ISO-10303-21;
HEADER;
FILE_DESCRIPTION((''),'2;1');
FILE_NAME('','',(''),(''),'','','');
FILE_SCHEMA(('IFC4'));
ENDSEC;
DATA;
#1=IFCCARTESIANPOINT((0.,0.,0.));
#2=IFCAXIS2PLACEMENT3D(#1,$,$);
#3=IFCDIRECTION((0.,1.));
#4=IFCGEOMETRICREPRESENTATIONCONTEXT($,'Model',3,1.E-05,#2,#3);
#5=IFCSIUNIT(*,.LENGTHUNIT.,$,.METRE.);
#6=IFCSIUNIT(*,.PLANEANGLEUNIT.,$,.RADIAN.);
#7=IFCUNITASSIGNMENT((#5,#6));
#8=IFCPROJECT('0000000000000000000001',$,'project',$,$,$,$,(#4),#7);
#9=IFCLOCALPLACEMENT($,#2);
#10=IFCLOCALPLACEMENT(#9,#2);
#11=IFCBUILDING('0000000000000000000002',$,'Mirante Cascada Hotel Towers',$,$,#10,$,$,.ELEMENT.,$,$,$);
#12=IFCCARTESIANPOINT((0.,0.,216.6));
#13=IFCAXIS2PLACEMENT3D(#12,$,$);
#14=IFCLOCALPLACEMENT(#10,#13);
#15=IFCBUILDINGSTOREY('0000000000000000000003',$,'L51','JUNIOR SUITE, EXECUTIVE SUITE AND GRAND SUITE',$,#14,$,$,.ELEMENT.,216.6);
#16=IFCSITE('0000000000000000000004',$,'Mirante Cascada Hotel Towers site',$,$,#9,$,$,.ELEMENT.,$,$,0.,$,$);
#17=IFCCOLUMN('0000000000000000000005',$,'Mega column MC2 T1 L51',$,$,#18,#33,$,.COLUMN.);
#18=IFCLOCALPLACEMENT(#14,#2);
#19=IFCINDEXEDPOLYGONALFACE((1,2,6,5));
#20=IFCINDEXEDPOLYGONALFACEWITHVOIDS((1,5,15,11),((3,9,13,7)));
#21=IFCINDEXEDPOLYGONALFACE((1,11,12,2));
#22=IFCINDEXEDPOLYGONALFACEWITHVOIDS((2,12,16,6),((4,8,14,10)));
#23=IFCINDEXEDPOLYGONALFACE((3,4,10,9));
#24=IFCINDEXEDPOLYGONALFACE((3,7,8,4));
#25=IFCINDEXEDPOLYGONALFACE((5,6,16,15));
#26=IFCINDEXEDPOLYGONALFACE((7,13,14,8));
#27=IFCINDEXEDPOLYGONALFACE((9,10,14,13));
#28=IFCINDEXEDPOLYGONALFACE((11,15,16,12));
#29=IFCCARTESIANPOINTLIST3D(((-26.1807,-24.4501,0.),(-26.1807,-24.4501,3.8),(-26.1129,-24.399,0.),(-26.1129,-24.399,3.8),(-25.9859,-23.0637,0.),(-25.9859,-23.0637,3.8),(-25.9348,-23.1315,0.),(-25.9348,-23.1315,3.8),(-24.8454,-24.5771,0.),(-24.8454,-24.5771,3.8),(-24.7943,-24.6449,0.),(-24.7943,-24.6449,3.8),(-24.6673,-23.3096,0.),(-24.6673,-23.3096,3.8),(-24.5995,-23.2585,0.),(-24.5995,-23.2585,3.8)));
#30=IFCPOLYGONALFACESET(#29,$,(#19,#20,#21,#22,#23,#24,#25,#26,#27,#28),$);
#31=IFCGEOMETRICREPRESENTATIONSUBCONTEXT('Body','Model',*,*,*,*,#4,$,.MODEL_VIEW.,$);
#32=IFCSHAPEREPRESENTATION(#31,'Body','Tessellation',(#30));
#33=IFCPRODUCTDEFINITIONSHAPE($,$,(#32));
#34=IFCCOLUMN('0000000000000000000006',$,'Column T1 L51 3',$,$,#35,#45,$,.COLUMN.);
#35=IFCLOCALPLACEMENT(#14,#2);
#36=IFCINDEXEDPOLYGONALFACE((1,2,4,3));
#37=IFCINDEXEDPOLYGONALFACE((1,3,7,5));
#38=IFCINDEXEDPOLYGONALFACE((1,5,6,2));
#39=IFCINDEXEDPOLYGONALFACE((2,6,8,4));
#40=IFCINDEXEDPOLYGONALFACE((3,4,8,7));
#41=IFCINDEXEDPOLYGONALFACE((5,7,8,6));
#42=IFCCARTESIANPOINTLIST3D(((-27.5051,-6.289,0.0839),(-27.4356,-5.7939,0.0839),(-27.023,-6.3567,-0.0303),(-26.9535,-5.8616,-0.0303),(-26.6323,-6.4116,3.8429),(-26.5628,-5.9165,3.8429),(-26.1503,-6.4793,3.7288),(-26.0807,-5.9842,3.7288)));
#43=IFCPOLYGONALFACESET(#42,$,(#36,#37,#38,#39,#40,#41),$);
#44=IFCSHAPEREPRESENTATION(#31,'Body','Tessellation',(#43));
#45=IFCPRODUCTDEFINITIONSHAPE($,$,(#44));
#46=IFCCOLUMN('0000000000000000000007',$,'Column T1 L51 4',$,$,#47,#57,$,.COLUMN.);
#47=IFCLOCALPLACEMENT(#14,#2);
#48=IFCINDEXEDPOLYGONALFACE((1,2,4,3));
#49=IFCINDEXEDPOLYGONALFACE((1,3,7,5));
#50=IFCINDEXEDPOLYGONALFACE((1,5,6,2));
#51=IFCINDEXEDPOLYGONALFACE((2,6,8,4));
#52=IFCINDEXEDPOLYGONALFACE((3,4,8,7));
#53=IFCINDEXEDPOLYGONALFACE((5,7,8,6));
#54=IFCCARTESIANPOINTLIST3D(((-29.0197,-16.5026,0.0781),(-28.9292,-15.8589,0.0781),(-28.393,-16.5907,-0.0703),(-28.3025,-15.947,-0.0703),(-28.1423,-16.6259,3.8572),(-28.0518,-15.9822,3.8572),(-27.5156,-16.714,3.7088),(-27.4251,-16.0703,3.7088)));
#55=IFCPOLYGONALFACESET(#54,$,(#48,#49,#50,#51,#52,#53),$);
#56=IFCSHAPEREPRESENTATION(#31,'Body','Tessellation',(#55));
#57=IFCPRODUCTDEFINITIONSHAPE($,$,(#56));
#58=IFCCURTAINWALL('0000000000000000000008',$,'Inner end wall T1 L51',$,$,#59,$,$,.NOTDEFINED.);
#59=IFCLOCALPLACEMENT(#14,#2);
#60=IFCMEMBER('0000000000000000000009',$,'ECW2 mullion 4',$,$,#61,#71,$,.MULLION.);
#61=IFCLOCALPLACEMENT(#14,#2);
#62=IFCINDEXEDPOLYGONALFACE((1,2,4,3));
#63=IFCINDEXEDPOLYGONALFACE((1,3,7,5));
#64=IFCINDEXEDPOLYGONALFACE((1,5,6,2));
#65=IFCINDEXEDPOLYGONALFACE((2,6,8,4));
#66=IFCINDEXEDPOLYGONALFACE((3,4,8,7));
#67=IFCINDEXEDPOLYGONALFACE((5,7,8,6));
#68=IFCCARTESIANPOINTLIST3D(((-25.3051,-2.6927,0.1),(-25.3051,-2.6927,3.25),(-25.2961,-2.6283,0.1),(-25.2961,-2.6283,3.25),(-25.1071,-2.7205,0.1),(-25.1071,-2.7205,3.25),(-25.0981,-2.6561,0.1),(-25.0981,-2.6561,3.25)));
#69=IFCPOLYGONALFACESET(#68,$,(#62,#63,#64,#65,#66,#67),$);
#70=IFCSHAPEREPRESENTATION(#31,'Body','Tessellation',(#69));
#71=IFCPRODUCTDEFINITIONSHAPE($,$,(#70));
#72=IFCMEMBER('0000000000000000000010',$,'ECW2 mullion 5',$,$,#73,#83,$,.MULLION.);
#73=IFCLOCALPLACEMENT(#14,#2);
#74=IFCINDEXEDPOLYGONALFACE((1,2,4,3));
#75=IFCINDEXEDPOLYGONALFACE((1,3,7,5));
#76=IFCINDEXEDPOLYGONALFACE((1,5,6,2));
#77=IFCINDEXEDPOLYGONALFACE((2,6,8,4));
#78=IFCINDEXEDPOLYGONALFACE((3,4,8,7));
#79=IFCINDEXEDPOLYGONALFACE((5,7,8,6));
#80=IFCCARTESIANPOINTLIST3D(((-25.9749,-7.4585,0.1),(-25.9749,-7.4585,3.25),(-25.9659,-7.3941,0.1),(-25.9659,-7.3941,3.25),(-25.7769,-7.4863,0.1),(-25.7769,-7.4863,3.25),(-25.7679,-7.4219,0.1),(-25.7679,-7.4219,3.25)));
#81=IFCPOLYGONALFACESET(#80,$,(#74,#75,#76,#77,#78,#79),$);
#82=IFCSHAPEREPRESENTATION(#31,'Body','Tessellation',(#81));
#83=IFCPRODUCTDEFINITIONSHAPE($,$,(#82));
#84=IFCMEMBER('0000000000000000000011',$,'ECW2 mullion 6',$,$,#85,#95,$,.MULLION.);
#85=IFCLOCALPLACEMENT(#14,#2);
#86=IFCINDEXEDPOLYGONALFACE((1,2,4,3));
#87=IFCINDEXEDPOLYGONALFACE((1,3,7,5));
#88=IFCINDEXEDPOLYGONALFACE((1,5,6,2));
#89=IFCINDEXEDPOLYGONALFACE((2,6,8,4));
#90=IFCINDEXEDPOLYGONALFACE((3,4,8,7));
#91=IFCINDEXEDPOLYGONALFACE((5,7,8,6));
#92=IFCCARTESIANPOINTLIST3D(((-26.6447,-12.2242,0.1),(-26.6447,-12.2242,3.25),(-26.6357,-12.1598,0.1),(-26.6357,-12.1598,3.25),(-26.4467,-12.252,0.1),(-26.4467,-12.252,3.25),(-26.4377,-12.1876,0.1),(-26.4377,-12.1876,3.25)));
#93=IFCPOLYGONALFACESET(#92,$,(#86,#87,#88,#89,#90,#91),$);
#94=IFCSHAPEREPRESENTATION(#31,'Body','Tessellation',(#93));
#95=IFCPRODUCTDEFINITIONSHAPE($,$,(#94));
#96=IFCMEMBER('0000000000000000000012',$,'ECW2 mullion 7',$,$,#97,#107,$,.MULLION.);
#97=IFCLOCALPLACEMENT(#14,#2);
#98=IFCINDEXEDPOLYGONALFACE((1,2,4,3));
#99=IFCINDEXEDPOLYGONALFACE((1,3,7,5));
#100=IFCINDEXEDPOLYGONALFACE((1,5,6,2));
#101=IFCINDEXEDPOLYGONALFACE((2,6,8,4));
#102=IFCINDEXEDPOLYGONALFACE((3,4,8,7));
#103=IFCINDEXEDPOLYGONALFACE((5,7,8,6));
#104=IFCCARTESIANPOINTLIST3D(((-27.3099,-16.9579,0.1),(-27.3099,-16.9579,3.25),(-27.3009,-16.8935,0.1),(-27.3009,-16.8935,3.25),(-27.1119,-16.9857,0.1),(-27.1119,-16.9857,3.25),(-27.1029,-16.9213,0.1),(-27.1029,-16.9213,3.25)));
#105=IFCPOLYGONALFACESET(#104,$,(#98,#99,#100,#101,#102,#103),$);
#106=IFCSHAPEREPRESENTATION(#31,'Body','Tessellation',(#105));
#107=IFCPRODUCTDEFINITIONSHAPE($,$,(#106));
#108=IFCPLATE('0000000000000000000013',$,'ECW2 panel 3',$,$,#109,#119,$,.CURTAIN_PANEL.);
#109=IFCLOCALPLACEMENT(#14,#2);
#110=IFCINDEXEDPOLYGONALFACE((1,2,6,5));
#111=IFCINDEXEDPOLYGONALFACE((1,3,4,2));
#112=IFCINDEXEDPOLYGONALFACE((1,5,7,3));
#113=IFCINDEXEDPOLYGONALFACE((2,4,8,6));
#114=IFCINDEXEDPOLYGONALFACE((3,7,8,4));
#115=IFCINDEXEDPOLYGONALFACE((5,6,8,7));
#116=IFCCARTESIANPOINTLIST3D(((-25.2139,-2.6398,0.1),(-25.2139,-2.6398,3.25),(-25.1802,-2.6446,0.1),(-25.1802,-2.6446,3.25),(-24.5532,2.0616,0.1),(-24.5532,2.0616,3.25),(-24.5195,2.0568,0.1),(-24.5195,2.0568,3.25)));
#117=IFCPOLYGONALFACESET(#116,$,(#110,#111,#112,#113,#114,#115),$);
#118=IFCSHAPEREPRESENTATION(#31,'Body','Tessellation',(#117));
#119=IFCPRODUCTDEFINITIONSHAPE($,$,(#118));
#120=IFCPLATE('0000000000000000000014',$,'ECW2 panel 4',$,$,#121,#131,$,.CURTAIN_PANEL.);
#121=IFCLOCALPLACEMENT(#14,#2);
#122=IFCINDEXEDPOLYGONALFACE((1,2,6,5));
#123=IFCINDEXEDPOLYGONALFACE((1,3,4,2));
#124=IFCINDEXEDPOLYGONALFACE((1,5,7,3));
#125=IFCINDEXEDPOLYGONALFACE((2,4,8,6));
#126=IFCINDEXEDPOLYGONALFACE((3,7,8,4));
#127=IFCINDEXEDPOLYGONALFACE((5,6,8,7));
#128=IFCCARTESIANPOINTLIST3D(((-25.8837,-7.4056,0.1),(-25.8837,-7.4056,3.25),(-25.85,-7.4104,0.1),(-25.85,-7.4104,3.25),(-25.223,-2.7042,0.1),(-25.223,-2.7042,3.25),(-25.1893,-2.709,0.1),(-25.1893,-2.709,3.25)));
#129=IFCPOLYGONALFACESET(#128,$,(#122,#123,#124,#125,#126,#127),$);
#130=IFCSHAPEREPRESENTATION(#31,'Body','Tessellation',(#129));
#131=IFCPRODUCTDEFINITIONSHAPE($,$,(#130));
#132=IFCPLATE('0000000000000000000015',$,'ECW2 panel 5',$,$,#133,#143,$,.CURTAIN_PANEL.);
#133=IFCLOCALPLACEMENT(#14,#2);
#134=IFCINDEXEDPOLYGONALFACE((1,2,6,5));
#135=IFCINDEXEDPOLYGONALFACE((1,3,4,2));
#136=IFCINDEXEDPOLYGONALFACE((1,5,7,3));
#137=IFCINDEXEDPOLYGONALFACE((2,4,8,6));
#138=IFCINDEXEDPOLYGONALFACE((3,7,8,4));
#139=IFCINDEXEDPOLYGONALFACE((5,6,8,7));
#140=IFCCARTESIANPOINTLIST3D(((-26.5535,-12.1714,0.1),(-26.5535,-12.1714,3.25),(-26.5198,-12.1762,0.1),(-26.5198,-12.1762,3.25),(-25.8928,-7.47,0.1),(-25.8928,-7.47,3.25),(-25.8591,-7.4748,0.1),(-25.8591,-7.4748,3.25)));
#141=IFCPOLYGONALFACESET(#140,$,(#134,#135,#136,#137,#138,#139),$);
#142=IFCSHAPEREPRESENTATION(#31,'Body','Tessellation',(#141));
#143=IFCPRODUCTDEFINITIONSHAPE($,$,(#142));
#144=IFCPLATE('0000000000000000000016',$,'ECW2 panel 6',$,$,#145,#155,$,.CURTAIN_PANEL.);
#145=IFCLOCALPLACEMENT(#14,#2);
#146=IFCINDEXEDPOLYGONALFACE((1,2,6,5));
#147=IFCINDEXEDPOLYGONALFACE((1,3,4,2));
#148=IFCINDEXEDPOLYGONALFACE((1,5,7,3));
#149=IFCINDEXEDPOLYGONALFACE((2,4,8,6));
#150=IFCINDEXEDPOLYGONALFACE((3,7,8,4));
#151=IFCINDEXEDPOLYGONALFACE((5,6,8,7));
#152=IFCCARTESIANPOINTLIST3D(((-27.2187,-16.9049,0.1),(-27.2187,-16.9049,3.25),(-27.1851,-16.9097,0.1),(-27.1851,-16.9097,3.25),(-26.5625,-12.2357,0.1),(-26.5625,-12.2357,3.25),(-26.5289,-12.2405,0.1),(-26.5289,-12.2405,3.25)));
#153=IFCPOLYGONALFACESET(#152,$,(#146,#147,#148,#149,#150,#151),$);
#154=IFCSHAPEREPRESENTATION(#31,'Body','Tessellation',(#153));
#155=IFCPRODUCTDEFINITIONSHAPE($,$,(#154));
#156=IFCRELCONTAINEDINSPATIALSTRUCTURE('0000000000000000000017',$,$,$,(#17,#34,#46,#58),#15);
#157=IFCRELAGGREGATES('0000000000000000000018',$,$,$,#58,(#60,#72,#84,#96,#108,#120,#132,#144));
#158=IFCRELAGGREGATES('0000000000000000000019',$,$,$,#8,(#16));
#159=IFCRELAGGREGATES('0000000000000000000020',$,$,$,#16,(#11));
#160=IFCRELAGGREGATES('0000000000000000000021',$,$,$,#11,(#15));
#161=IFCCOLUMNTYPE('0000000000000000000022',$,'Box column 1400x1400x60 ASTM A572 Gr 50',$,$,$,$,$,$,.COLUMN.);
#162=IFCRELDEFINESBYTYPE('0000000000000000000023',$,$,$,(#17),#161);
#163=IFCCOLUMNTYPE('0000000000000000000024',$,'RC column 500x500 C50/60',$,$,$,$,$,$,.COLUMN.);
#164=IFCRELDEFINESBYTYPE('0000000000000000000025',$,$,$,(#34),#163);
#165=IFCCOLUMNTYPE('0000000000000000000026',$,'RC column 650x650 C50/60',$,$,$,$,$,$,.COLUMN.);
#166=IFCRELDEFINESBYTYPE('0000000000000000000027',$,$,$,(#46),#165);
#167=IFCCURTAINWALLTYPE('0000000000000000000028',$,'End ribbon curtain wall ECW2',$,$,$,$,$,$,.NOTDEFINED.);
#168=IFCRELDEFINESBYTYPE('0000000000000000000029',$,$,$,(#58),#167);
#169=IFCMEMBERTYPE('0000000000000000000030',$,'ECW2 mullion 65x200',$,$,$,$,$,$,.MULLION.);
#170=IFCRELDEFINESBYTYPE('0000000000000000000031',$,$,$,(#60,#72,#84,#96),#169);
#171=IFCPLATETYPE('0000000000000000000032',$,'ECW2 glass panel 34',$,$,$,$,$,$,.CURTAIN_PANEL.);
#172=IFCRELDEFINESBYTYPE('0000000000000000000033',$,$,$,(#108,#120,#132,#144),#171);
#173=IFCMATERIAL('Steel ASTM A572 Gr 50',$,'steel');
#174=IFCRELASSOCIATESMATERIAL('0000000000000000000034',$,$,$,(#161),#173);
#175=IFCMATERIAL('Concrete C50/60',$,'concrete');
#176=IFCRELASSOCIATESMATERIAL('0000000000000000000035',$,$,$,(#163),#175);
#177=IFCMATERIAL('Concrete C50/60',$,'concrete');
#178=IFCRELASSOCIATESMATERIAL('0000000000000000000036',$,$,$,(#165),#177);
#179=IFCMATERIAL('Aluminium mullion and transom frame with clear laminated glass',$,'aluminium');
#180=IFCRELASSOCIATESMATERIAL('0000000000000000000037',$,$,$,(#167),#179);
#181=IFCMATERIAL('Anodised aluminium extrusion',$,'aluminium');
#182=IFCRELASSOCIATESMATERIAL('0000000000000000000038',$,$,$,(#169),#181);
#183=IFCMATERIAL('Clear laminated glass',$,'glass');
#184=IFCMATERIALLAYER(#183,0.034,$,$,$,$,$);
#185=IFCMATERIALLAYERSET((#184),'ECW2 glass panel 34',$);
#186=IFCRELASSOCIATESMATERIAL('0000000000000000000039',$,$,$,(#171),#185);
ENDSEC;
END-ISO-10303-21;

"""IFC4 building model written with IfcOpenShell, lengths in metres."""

from ifc_helpers import new_model, si_unit, direction, frame, origin, origin_2d, place, context, subcontext, project, spatial, rectangle, hollow_rectangle, extrude, material, layer, layer_set, material_profile, profile_set, type_object, element, aggregate, save


model = new_model("IFC4")

# Units and contexts
model_context = context("Model", 3, precision=1e-05, world=origin(), true_north=direction((0.0, 1.0)))
body_context = subcontext(model_context, "Body", "Model", "MODEL_VIEW")
ifc_project = project(units=[si_unit("LENGTHUNIT", "METRE"), si_unit("PLANEANGLEUNIT", "RADIAN")], contexts=[model_context])

# Site, building, storey
site_placement = place(None, origin())
site = spatial("IfcSite", under=ifc_project, at=site_placement, Name="Mirante Cascada Hotel Towers site", CompositionType="ELEMENT", RefElevation=0.0)
building_placement = place(site_placement, origin())
building = spatial("IfcBuilding", under=site, at=building_placement, Name="Mirante Cascada Hotel Towers", CompositionType="ELEMENT")
storey_placement = place(building_placement, frame((0.0, 0.0, 216.6)))
storey = spatial("IfcBuildingStorey", under=building, at=storey_placement, Name="L51", Description="JUNIOR SUITE, EXECUTIVE SUITE AND GRAND SUITE", CompositionType="ELEMENT", Elevation=216.6)

# Columns
ifc_material_1 = material(Name="Steel ASTM A572 Gr 50", Category="steel")
ifc_material_profile_1 = material_profile(ifc_material_1, hollow_rectangle(XDim=1.4, YDim=1.4, WallThickness=0.06, at=origin_2d()), Name="Box column 1400x1400x60 ASTM A572 Gr 50")
ifc_profile_set_1 = profile_set([ifc_material_profile_1], Name="Steel ASTM A572 Gr 50")
column_type_1 = type_object("IfcColumnType", Name="Box column 1400x1400x60 ASTM A572 Gr 50", PredefinedType="COLUMN", material=ifc_profile_set_1)
column_1_placement = place(storey_placement, frame((-25.3901, -23.8543, 0.0), z_axis=(0.0, 0.0, 1.0), x_axis=(-0.990268, 0.139173, 0.0)))
element("IfcColumn", 1, at=column_1_placement, inside=storey, type_object=column_type_1, Name="Mega column MC2 T1 L51", PredefinedType="COLUMN", context=body_context, shape_type="SweptSolid", body=[
    extrude(hollow_rectangle(XDim=1.4, YDim=1.4, WallThickness=0.06, at=origin_2d()), origin(), (0.0, 0.0, 1.0), 3.8),
])
ifc_material_2 = material(Name="Concrete C50/60", Category="concrete")
ifc_material_profile_2 = material_profile(ifc_material_2, rectangle(XDim=0.5, YDim=0.5, at=origin_2d()), Name="RC column 500x500 C50/60")
ifc_profile_set_2 = profile_set([ifc_material_profile_2], Name="Concrete C50/60")
column_type_2 = type_object("IfcColumnType", Name="RC column 500x500 C50/60", PredefinedType="COLUMN", material=ifc_profile_set_2)
column_2_placement = place(storey_placement, frame((-27.2293, -6.0753, 0.0268), z_axis=(0.226053, -0.031753, 0.973597), x_axis=(0.139102, 0.990278, 0.0)))
element("IfcColumn", 2, at=column_2_placement, inside=storey, type_object=column_type_2, Name="Column T1 L51 3", PredefinedType="COLUMN", context=body_context, shape_type="SweptSolid", body=[
    extrude(rectangle(XDim=0.5, YDim=0.5, at=origin_2d()), origin(), (0.0, 0.0, 1.0), 3.861),
])
ifc_material_3 = material(Name="Concrete C50/60", Category="concrete")
ifc_material_profile_3 = material_profile(ifc_material_3, rectangle(XDim=0.65, YDim=0.65, at=origin_2d()), Name="RC column 650x650 C50/60")
ifc_profile_set_3 = profile_set([ifc_material_profile_3], Name="Concrete C50/60")
column_type_3 = type_object("IfcColumnType", Name="RC column 650x650 C50/60", PredefinedType="COLUMN", material=ifc_profile_set_3)
column_3_placement = place(storey_placement, frame((-28.6611, -16.2248, 0.0039), z_axis=(0.226042, -0.031765, 0.973599), x_axis=(0.139161, 0.99027, 0.0)))
element("IfcColumn", 3, at=column_3_placement, inside=storey, type_object=column_type_3, Name="Column T1 L51 4", PredefinedType="COLUMN", context=body_context, shape_type="SweptSolid", body=[
    extrude(rectangle(XDim=0.65, YDim=0.65, at=origin_2d()), origin(), (0.0, 0.0, 1.0), 3.8816),
])

# Curtain wall, members, plates
ifc_material_4 = material(Name="Aluminium mullion and transom frame with clear laminated glass", Category="aluminium")
curtain_wall_type = type_object("IfcCurtainWallType", Name="End ribbon curtain wall ECW2", PredefinedType="NOTDEFINED", material=ifc_material_4)
curtain_wall_placement = place(storey_placement, origin())
curtain_wall = element("IfcCurtainWall", 4, at=curtain_wall_placement, inside=storey, type_object=curtain_wall_type, Name="Inner end wall T1 L51", PredefinedType="NOTDEFINED")
ifc_material_5 = material(Name="Anodised aluminium extrusion", Category="aluminium")
ifc_material_profile_4 = material_profile(ifc_material_5, rectangle(XDim=0.2, YDim=0.065, at=origin_2d()), Name="ECW2 MULLION 65x200")
ifc_profile_set_4 = profile_set([ifc_material_profile_4], Name="Anodised aluminium extrusion")
member_type = type_object("IfcMemberType", Name="ECW2 mullion 65x200", PredefinedType="MULLION", material=ifc_profile_set_4)
member_1_placement = place(storey_placement, frame((-25.2016, -2.6744, 0.1), z_axis=(0.0, 0.0, 1.0), x_axis=(0.990268, -0.139173, 0.0)))
member_1 = element("IfcMember", 5, at=member_1_placement, type_object=member_type, Name="ECW2 mullion 4", PredefinedType="MULLION", context=body_context, shape_type="SweptSolid", body=[
    extrude(rectangle(XDim=0.2, YDim=0.065, at=origin_2d()), origin(), (0.0, 0.0, 1.0), 3.15),
])
member_2_placement = place(storey_placement, frame((-25.8714, -7.4402, 0.1), z_axis=(0.0, 0.0, 1.0), x_axis=(0.990268, -0.139173, 0.0)))
member_2 = element("IfcMember", 6, at=member_2_placement, type_object=member_type, Name="ECW2 mullion 5", PredefinedType="MULLION", context=body_context, shape_type="SweptSolid", body=[
    extrude(rectangle(XDim=0.2, YDim=0.065, at=origin_2d()), origin(), (0.0, 0.0, 1.0), 3.15),
])
member_3_placement = place(storey_placement, frame((-26.5412, -12.2059, 0.1), z_axis=(0.0, 0.0, 1.0), x_axis=(0.990268, -0.139173, 0.0)))
member_3 = element("IfcMember", 7, at=member_3_placement, type_object=member_type, Name="ECW2 mullion 6", PredefinedType="MULLION", context=body_context, shape_type="SweptSolid", body=[
    extrude(rectangle(XDim=0.2, YDim=0.065, at=origin_2d()), origin(), (0.0, 0.0, 1.0), 3.15),
])
member_4_placement = place(storey_placement, frame((-27.2064, -16.9396, 0.1), z_axis=(0.0, 0.0, 1.0), x_axis=(0.990268, -0.139173, 0.0)))
member_4 = element("IfcMember", 8, at=member_4_placement, type_object=member_type, Name="ECW2 mullion 7", PredefinedType="MULLION", context=body_context, shape_type="SweptSolid", body=[
    extrude(rectangle(XDim=0.2, YDim=0.065, at=origin_2d()), origin(), (0.0, 0.0, 1.0), 3.15),
])
ifc_material_6 = material(Name="Clear laminated glass", Category="glass")
ifc_layer_1 = layer(ifc_material_6, 0.034)
ifc_layer_set_1 = layer_set([ifc_layer_1], Name="ECW2 glass panel 34")
plate_type = type_object("IfcPlateType", Name="ECW2 glass panel 34", PredefinedType="CURTAIN_PANEL", material=ifc_layer_set_1)
plate_1_placement = place(storey_placement, frame((-24.8667, -0.2915, 0.1), z_axis=(0.0, 0.0, 1.0), x_axis=(-0.139173, -0.990268, 0.0)))
plate_1 = element("IfcPlate", 9, at=plate_1_placement, type_object=plate_type, Name="ECW2 panel 3", PredefinedType="CURTAIN_PANEL", context=body_context, shape_type="SweptSolid", body=[
    extrude(rectangle(XDim=4.7476, YDim=0.034, at=origin_2d()), origin(), (0.0, 0.0, 1.0), 3.15),
])
plate_2_placement = place(storey_placement, frame((-25.5365, -5.0573, 0.1), z_axis=(0.0, 0.0, 1.0), x_axis=(-0.139173, -0.990268, 0.0)))
plate_2 = element("IfcPlate", 10, at=plate_2_placement, type_object=plate_type, Name="ECW2 panel 4", PredefinedType="CURTAIN_PANEL", context=body_context, shape_type="SweptSolid", body=[
    extrude(rectangle(XDim=4.7476, YDim=0.034, at=origin_2d()), origin(), (0.0, 0.0, 1.0), 3.15),
])
plate_3_placement = place(storey_placement, frame((-26.2063, -9.8231, 0.1), z_axis=(0.0, 0.0, 1.0), x_axis=(-0.139173, -0.990268, 0.0)))
plate_3 = element("IfcPlate", 11, at=plate_3_placement, type_object=plate_type, Name="ECW2 panel 5", PredefinedType="CURTAIN_PANEL", context=body_context, shape_type="SweptSolid", body=[
    extrude(rectangle(XDim=4.7476, YDim=0.034, at=origin_2d()), origin(), (0.0, 0.0, 1.0), 3.15),
])
plate_4_placement = place(storey_placement, frame((-26.8738, -14.5727, 0.1), z_axis=(0.0, 0.0, 1.0), x_axis=(-0.139173, -0.990268, 0.0)))
plate_4 = element("IfcPlate", 12, at=plate_4_placement, type_object=plate_type, Name="ECW2 panel 6", PredefinedType="CURTAIN_PANEL", context=body_context, shape_type="SweptSolid", body=[
    extrude(rectangle(XDim=4.7151, YDim=0.034, at=origin_2d()), origin(), (0.0, 0.0, 1.0), 3.15),
])
aggregate(curtain_wall, [member_1, member_2, member_3, member_4, plate_1, plate_2, plate_3, plate_4])

save(model, "model.ifc")
